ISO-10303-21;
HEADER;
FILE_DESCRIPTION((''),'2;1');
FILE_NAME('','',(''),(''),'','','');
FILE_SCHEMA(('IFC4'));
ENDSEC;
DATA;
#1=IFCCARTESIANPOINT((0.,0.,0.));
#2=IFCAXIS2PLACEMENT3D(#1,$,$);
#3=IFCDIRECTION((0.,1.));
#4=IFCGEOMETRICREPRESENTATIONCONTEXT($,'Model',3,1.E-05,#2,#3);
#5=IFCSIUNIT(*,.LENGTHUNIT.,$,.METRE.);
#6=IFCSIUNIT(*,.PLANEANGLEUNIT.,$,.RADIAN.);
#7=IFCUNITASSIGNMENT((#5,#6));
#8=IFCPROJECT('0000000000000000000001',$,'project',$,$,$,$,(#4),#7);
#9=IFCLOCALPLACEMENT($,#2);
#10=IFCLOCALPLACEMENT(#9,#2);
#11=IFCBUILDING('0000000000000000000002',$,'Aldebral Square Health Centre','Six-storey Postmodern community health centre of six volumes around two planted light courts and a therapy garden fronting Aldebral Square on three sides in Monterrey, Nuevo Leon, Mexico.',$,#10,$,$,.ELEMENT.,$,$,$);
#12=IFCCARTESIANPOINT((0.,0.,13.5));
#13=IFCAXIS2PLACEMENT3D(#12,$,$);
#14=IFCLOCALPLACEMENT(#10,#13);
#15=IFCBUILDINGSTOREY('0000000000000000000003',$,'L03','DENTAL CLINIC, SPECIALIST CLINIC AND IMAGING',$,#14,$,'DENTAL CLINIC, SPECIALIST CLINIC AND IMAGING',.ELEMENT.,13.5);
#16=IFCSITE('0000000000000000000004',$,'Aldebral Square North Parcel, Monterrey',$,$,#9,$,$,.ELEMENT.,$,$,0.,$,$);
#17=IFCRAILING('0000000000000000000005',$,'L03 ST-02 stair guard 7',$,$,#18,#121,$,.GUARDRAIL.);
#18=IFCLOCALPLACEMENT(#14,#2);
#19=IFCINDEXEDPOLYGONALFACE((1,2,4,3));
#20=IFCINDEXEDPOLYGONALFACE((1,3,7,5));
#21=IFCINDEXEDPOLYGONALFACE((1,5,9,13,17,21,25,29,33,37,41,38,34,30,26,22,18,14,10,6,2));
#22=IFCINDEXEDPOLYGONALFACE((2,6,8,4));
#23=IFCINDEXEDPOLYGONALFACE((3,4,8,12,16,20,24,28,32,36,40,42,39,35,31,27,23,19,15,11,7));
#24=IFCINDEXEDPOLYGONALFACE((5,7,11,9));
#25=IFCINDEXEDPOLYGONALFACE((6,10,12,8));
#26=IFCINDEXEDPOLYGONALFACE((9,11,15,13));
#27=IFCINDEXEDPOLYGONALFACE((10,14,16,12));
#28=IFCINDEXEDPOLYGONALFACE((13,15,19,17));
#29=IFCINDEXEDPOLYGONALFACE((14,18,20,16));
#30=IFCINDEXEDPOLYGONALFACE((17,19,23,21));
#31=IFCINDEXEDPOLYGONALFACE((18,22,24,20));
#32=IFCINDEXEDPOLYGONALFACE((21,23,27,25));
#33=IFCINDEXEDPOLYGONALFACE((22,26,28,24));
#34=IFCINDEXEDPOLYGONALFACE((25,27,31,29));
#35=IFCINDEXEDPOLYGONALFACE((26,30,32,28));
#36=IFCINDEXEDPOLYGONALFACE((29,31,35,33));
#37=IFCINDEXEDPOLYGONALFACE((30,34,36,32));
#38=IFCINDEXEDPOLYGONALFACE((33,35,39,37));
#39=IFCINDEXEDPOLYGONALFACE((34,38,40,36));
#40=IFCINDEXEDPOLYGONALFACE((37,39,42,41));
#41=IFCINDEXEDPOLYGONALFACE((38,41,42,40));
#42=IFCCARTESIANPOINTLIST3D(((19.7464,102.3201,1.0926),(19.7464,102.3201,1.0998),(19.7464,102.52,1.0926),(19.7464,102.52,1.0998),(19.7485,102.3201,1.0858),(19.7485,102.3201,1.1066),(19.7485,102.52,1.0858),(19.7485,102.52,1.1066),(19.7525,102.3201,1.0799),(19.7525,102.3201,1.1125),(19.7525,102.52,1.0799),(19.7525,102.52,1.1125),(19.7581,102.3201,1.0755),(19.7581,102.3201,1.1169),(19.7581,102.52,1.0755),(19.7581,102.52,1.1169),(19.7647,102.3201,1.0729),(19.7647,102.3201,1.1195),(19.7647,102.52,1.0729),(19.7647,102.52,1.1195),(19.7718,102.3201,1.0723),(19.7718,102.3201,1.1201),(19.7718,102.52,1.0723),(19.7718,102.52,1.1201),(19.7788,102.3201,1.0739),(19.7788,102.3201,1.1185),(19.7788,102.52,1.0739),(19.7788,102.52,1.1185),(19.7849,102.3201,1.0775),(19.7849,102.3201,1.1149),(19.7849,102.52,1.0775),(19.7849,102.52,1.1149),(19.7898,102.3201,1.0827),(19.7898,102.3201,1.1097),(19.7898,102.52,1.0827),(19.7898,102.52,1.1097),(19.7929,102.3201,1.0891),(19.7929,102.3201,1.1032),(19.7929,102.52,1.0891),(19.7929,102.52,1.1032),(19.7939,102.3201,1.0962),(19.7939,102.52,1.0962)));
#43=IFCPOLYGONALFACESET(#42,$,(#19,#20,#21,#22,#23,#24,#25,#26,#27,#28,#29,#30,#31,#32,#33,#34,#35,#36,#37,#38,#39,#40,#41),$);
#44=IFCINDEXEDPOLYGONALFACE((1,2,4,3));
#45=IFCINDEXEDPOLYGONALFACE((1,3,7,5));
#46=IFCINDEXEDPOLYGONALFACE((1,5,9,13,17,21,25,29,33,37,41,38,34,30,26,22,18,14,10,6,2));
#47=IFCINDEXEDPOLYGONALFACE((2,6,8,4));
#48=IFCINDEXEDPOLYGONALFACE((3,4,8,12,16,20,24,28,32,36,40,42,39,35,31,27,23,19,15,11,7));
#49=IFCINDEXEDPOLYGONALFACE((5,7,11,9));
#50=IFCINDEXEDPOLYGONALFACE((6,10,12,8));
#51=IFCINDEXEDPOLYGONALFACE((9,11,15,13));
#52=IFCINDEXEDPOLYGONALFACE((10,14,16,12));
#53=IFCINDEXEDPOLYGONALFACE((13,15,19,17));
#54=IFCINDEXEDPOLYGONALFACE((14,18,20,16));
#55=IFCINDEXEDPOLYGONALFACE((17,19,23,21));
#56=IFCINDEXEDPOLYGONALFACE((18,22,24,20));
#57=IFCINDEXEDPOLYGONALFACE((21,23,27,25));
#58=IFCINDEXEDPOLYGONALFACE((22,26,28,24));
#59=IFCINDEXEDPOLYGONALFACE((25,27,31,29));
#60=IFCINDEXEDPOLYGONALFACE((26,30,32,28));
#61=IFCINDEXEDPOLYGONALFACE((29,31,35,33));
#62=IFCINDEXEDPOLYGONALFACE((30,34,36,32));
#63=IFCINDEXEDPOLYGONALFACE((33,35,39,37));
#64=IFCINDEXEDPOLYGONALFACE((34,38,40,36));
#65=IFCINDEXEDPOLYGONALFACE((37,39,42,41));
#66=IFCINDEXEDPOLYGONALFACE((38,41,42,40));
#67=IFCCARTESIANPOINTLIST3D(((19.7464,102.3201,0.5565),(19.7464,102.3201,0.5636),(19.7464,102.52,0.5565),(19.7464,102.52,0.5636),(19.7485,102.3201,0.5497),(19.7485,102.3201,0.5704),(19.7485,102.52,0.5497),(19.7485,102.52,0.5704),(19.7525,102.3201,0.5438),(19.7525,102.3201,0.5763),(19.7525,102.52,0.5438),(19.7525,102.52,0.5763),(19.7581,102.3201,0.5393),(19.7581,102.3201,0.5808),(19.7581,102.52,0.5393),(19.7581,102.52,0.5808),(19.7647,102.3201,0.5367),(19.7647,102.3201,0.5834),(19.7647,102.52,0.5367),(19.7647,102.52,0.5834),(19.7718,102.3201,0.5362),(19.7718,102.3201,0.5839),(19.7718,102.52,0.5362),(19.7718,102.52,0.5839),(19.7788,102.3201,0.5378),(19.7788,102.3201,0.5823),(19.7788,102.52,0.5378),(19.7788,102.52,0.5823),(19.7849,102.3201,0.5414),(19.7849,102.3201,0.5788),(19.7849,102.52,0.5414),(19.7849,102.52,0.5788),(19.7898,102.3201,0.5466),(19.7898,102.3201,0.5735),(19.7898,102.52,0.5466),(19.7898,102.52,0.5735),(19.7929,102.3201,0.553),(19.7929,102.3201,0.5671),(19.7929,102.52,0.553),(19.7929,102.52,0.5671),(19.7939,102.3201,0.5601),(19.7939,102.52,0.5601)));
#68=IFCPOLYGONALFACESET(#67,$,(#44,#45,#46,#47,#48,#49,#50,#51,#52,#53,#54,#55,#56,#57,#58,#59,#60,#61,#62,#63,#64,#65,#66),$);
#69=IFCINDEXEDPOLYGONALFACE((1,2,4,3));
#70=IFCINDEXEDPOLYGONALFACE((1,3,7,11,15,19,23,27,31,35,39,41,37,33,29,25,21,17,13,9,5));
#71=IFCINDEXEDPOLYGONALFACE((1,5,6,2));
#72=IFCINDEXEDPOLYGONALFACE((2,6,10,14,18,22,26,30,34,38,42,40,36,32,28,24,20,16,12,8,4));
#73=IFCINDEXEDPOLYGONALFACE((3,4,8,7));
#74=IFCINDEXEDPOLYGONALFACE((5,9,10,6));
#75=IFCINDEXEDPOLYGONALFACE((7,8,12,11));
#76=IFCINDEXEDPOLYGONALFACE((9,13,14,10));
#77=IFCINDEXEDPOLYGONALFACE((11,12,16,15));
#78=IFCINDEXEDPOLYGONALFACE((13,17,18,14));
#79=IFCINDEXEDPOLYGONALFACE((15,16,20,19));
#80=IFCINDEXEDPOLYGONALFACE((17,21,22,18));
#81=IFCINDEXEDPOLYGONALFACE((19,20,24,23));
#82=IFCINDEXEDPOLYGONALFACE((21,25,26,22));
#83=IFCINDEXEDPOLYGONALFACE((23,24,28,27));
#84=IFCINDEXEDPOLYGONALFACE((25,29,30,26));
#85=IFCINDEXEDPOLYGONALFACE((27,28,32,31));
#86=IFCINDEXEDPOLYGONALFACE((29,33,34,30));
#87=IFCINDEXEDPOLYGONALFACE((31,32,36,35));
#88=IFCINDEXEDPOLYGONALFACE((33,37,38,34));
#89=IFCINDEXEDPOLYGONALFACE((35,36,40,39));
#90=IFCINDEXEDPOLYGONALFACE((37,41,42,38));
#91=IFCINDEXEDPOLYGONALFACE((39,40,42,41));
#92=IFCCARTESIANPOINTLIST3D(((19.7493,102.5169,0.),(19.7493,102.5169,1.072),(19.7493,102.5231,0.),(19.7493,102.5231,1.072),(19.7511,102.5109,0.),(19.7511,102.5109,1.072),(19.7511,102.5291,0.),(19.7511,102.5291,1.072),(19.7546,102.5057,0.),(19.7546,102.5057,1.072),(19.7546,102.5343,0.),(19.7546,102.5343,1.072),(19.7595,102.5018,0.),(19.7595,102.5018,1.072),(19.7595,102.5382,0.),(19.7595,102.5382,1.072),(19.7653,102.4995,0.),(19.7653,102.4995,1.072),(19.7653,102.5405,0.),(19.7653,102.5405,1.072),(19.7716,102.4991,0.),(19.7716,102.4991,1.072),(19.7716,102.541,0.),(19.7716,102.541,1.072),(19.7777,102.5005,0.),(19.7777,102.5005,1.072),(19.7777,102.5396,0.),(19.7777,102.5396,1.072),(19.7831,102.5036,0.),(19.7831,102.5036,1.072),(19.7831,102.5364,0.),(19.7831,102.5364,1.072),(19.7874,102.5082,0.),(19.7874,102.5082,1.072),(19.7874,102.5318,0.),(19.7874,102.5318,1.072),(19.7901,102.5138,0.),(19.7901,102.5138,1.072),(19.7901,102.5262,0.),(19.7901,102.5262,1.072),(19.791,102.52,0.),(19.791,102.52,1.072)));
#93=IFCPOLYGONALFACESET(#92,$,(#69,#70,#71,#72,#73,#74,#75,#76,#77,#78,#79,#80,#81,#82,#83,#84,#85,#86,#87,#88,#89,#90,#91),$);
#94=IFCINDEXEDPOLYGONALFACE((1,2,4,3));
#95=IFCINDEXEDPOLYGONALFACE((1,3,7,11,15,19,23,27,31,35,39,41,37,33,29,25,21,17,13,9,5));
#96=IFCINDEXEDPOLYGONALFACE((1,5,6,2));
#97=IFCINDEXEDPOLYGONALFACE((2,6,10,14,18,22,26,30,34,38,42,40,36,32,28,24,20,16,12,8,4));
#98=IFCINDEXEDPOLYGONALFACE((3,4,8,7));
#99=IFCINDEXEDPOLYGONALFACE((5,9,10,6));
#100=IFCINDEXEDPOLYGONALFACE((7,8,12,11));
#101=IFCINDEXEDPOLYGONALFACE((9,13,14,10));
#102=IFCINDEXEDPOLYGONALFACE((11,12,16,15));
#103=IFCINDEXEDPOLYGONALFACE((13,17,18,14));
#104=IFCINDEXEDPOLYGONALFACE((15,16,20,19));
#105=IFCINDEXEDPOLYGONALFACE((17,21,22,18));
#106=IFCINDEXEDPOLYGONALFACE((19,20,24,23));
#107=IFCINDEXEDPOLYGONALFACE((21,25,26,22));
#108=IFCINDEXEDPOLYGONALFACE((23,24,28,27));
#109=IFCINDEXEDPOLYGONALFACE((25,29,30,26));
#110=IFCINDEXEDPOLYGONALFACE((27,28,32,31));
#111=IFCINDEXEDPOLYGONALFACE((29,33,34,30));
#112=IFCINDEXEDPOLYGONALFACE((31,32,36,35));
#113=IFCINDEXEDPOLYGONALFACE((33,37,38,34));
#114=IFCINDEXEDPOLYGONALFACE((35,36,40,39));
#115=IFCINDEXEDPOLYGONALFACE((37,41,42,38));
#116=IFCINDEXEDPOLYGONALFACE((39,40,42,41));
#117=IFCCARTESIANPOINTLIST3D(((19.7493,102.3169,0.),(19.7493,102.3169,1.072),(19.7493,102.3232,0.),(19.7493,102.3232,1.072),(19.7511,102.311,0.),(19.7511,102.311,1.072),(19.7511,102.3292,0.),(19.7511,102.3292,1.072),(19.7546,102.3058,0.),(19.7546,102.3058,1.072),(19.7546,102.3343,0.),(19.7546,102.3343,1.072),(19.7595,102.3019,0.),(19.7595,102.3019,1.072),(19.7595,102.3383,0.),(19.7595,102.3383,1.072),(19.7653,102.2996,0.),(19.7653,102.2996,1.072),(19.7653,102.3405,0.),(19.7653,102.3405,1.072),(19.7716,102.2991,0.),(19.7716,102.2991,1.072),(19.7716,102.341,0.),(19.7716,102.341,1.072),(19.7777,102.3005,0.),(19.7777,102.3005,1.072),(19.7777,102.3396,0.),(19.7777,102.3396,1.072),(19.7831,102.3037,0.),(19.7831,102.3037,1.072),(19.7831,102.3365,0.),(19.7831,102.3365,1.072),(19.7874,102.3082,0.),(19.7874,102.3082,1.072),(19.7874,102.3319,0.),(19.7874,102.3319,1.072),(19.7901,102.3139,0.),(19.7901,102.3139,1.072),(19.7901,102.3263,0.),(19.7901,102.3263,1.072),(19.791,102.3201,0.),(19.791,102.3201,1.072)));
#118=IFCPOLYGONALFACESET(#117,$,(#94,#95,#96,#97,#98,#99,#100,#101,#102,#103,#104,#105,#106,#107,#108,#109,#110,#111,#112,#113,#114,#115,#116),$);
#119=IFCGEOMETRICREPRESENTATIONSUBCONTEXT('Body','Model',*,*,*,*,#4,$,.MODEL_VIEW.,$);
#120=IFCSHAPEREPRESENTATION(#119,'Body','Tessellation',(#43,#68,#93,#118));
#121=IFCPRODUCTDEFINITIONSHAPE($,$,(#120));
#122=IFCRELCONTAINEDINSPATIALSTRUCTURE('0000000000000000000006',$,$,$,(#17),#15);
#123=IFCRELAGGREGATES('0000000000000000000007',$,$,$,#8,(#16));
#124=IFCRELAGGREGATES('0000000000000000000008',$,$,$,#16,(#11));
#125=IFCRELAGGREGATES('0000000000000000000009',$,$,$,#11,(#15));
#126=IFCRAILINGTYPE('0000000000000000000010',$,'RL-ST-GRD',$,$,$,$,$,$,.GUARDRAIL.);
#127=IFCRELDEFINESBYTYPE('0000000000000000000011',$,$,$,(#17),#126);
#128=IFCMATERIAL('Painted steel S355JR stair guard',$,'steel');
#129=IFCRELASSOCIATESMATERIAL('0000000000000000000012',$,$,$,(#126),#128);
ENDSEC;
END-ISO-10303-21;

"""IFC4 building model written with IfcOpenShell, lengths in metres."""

from ifc_helpers import new_model, si_unit, direction, frame, origin, origin_2d, place, context, subcontext, project, spatial, circle, extrude, material, type_object, element, save


model = new_model("IFC4")

# Units and contexts
model_context = context("Model", 3, precision=1e-05, world=origin(), true_north=direction((0.0, 1.0)))
body_context = subcontext(model_context, "Body", "Model", "MODEL_VIEW")
ifc_project = project(units=[si_unit("LENGTHUNIT", "METRE"), si_unit("PLANEANGLEUNIT", "RADIAN")], contexts=[model_context])

# Site, building, storey
site_placement = place(None, origin())
site = spatial("IfcSite", under=ifc_project, at=site_placement, Name="Aldebral Square North Parcel, Monterrey", CompositionType="ELEMENT", RefElevation=0.0)
building_placement = place(site_placement, origin())
building = spatial("IfcBuilding", under=site, at=building_placement, Name="Aldebral Square Health Centre", Description="Six-storey Postmodern community health centre of six volumes around two planted light courts and a therapy garden fronting Aldebral Square on three sides in Monterrey, Nuevo Leon, Mexico.", CompositionType="ELEMENT")
storey_placement = place(building_placement, frame((0.0, 0.0, 13.5)))
storey = spatial("IfcBuildingStorey", under=building, at=storey_placement, Name="L03", Description="DENTAL CLINIC, SPECIALIST CLINIC AND IMAGING", LongName="DENTAL CLINIC, SPECIALIST CLINIC AND IMAGING", CompositionType="ELEMENT", Elevation=13.5)

# Railing
ifc_material_1 = material(Name="Painted steel S355JR stair guard", Category="steel")
railing_type_1 = type_object("IfcRailingType", Name="RL-ST-GRD", PredefinedType="GUARDRAIL", material=ifc_material_1)
railing_1_placement = place(storey_placement, frame((19.77, 102.52, 0.0)))
element("IfcRailing", 1, at=railing_1_placement, inside=storey, type_object=railing_type_1, Name="L03 ST-02 stair guard 7", PredefinedType="GUARDRAIL", context=body_context, shape_type="SweptSolid", body=[
    extrude(circle(Radius=0.0239, at=origin_2d()), frame((0.0, 0.0, 1.0962), z_axis=(0.0, -1.0, 0.0), x_axis=(1.0, 0.0, 0.0)), (0.0, 0.0, 1.0), 0.2),
    extrude(circle(Radius=0.0239, at=origin_2d()), frame((0.0, 0.0, 0.5601), z_axis=(0.0, -1.0, 0.0), x_axis=(1.0, 0.0, 0.0)), (0.0, 0.0, 1.0), 0.2),
    extrude(circle(Radius=0.021, at=origin_2d()), origin(), (0.0, 0.0, 1.0), 1.072),
    extrude(circle(Radius=0.021, at=origin_2d()), frame((0.0, -0.2, 0.0)), (0.0, 0.0, 1.0), 1.072),
])

save(model, "model.ifc")
